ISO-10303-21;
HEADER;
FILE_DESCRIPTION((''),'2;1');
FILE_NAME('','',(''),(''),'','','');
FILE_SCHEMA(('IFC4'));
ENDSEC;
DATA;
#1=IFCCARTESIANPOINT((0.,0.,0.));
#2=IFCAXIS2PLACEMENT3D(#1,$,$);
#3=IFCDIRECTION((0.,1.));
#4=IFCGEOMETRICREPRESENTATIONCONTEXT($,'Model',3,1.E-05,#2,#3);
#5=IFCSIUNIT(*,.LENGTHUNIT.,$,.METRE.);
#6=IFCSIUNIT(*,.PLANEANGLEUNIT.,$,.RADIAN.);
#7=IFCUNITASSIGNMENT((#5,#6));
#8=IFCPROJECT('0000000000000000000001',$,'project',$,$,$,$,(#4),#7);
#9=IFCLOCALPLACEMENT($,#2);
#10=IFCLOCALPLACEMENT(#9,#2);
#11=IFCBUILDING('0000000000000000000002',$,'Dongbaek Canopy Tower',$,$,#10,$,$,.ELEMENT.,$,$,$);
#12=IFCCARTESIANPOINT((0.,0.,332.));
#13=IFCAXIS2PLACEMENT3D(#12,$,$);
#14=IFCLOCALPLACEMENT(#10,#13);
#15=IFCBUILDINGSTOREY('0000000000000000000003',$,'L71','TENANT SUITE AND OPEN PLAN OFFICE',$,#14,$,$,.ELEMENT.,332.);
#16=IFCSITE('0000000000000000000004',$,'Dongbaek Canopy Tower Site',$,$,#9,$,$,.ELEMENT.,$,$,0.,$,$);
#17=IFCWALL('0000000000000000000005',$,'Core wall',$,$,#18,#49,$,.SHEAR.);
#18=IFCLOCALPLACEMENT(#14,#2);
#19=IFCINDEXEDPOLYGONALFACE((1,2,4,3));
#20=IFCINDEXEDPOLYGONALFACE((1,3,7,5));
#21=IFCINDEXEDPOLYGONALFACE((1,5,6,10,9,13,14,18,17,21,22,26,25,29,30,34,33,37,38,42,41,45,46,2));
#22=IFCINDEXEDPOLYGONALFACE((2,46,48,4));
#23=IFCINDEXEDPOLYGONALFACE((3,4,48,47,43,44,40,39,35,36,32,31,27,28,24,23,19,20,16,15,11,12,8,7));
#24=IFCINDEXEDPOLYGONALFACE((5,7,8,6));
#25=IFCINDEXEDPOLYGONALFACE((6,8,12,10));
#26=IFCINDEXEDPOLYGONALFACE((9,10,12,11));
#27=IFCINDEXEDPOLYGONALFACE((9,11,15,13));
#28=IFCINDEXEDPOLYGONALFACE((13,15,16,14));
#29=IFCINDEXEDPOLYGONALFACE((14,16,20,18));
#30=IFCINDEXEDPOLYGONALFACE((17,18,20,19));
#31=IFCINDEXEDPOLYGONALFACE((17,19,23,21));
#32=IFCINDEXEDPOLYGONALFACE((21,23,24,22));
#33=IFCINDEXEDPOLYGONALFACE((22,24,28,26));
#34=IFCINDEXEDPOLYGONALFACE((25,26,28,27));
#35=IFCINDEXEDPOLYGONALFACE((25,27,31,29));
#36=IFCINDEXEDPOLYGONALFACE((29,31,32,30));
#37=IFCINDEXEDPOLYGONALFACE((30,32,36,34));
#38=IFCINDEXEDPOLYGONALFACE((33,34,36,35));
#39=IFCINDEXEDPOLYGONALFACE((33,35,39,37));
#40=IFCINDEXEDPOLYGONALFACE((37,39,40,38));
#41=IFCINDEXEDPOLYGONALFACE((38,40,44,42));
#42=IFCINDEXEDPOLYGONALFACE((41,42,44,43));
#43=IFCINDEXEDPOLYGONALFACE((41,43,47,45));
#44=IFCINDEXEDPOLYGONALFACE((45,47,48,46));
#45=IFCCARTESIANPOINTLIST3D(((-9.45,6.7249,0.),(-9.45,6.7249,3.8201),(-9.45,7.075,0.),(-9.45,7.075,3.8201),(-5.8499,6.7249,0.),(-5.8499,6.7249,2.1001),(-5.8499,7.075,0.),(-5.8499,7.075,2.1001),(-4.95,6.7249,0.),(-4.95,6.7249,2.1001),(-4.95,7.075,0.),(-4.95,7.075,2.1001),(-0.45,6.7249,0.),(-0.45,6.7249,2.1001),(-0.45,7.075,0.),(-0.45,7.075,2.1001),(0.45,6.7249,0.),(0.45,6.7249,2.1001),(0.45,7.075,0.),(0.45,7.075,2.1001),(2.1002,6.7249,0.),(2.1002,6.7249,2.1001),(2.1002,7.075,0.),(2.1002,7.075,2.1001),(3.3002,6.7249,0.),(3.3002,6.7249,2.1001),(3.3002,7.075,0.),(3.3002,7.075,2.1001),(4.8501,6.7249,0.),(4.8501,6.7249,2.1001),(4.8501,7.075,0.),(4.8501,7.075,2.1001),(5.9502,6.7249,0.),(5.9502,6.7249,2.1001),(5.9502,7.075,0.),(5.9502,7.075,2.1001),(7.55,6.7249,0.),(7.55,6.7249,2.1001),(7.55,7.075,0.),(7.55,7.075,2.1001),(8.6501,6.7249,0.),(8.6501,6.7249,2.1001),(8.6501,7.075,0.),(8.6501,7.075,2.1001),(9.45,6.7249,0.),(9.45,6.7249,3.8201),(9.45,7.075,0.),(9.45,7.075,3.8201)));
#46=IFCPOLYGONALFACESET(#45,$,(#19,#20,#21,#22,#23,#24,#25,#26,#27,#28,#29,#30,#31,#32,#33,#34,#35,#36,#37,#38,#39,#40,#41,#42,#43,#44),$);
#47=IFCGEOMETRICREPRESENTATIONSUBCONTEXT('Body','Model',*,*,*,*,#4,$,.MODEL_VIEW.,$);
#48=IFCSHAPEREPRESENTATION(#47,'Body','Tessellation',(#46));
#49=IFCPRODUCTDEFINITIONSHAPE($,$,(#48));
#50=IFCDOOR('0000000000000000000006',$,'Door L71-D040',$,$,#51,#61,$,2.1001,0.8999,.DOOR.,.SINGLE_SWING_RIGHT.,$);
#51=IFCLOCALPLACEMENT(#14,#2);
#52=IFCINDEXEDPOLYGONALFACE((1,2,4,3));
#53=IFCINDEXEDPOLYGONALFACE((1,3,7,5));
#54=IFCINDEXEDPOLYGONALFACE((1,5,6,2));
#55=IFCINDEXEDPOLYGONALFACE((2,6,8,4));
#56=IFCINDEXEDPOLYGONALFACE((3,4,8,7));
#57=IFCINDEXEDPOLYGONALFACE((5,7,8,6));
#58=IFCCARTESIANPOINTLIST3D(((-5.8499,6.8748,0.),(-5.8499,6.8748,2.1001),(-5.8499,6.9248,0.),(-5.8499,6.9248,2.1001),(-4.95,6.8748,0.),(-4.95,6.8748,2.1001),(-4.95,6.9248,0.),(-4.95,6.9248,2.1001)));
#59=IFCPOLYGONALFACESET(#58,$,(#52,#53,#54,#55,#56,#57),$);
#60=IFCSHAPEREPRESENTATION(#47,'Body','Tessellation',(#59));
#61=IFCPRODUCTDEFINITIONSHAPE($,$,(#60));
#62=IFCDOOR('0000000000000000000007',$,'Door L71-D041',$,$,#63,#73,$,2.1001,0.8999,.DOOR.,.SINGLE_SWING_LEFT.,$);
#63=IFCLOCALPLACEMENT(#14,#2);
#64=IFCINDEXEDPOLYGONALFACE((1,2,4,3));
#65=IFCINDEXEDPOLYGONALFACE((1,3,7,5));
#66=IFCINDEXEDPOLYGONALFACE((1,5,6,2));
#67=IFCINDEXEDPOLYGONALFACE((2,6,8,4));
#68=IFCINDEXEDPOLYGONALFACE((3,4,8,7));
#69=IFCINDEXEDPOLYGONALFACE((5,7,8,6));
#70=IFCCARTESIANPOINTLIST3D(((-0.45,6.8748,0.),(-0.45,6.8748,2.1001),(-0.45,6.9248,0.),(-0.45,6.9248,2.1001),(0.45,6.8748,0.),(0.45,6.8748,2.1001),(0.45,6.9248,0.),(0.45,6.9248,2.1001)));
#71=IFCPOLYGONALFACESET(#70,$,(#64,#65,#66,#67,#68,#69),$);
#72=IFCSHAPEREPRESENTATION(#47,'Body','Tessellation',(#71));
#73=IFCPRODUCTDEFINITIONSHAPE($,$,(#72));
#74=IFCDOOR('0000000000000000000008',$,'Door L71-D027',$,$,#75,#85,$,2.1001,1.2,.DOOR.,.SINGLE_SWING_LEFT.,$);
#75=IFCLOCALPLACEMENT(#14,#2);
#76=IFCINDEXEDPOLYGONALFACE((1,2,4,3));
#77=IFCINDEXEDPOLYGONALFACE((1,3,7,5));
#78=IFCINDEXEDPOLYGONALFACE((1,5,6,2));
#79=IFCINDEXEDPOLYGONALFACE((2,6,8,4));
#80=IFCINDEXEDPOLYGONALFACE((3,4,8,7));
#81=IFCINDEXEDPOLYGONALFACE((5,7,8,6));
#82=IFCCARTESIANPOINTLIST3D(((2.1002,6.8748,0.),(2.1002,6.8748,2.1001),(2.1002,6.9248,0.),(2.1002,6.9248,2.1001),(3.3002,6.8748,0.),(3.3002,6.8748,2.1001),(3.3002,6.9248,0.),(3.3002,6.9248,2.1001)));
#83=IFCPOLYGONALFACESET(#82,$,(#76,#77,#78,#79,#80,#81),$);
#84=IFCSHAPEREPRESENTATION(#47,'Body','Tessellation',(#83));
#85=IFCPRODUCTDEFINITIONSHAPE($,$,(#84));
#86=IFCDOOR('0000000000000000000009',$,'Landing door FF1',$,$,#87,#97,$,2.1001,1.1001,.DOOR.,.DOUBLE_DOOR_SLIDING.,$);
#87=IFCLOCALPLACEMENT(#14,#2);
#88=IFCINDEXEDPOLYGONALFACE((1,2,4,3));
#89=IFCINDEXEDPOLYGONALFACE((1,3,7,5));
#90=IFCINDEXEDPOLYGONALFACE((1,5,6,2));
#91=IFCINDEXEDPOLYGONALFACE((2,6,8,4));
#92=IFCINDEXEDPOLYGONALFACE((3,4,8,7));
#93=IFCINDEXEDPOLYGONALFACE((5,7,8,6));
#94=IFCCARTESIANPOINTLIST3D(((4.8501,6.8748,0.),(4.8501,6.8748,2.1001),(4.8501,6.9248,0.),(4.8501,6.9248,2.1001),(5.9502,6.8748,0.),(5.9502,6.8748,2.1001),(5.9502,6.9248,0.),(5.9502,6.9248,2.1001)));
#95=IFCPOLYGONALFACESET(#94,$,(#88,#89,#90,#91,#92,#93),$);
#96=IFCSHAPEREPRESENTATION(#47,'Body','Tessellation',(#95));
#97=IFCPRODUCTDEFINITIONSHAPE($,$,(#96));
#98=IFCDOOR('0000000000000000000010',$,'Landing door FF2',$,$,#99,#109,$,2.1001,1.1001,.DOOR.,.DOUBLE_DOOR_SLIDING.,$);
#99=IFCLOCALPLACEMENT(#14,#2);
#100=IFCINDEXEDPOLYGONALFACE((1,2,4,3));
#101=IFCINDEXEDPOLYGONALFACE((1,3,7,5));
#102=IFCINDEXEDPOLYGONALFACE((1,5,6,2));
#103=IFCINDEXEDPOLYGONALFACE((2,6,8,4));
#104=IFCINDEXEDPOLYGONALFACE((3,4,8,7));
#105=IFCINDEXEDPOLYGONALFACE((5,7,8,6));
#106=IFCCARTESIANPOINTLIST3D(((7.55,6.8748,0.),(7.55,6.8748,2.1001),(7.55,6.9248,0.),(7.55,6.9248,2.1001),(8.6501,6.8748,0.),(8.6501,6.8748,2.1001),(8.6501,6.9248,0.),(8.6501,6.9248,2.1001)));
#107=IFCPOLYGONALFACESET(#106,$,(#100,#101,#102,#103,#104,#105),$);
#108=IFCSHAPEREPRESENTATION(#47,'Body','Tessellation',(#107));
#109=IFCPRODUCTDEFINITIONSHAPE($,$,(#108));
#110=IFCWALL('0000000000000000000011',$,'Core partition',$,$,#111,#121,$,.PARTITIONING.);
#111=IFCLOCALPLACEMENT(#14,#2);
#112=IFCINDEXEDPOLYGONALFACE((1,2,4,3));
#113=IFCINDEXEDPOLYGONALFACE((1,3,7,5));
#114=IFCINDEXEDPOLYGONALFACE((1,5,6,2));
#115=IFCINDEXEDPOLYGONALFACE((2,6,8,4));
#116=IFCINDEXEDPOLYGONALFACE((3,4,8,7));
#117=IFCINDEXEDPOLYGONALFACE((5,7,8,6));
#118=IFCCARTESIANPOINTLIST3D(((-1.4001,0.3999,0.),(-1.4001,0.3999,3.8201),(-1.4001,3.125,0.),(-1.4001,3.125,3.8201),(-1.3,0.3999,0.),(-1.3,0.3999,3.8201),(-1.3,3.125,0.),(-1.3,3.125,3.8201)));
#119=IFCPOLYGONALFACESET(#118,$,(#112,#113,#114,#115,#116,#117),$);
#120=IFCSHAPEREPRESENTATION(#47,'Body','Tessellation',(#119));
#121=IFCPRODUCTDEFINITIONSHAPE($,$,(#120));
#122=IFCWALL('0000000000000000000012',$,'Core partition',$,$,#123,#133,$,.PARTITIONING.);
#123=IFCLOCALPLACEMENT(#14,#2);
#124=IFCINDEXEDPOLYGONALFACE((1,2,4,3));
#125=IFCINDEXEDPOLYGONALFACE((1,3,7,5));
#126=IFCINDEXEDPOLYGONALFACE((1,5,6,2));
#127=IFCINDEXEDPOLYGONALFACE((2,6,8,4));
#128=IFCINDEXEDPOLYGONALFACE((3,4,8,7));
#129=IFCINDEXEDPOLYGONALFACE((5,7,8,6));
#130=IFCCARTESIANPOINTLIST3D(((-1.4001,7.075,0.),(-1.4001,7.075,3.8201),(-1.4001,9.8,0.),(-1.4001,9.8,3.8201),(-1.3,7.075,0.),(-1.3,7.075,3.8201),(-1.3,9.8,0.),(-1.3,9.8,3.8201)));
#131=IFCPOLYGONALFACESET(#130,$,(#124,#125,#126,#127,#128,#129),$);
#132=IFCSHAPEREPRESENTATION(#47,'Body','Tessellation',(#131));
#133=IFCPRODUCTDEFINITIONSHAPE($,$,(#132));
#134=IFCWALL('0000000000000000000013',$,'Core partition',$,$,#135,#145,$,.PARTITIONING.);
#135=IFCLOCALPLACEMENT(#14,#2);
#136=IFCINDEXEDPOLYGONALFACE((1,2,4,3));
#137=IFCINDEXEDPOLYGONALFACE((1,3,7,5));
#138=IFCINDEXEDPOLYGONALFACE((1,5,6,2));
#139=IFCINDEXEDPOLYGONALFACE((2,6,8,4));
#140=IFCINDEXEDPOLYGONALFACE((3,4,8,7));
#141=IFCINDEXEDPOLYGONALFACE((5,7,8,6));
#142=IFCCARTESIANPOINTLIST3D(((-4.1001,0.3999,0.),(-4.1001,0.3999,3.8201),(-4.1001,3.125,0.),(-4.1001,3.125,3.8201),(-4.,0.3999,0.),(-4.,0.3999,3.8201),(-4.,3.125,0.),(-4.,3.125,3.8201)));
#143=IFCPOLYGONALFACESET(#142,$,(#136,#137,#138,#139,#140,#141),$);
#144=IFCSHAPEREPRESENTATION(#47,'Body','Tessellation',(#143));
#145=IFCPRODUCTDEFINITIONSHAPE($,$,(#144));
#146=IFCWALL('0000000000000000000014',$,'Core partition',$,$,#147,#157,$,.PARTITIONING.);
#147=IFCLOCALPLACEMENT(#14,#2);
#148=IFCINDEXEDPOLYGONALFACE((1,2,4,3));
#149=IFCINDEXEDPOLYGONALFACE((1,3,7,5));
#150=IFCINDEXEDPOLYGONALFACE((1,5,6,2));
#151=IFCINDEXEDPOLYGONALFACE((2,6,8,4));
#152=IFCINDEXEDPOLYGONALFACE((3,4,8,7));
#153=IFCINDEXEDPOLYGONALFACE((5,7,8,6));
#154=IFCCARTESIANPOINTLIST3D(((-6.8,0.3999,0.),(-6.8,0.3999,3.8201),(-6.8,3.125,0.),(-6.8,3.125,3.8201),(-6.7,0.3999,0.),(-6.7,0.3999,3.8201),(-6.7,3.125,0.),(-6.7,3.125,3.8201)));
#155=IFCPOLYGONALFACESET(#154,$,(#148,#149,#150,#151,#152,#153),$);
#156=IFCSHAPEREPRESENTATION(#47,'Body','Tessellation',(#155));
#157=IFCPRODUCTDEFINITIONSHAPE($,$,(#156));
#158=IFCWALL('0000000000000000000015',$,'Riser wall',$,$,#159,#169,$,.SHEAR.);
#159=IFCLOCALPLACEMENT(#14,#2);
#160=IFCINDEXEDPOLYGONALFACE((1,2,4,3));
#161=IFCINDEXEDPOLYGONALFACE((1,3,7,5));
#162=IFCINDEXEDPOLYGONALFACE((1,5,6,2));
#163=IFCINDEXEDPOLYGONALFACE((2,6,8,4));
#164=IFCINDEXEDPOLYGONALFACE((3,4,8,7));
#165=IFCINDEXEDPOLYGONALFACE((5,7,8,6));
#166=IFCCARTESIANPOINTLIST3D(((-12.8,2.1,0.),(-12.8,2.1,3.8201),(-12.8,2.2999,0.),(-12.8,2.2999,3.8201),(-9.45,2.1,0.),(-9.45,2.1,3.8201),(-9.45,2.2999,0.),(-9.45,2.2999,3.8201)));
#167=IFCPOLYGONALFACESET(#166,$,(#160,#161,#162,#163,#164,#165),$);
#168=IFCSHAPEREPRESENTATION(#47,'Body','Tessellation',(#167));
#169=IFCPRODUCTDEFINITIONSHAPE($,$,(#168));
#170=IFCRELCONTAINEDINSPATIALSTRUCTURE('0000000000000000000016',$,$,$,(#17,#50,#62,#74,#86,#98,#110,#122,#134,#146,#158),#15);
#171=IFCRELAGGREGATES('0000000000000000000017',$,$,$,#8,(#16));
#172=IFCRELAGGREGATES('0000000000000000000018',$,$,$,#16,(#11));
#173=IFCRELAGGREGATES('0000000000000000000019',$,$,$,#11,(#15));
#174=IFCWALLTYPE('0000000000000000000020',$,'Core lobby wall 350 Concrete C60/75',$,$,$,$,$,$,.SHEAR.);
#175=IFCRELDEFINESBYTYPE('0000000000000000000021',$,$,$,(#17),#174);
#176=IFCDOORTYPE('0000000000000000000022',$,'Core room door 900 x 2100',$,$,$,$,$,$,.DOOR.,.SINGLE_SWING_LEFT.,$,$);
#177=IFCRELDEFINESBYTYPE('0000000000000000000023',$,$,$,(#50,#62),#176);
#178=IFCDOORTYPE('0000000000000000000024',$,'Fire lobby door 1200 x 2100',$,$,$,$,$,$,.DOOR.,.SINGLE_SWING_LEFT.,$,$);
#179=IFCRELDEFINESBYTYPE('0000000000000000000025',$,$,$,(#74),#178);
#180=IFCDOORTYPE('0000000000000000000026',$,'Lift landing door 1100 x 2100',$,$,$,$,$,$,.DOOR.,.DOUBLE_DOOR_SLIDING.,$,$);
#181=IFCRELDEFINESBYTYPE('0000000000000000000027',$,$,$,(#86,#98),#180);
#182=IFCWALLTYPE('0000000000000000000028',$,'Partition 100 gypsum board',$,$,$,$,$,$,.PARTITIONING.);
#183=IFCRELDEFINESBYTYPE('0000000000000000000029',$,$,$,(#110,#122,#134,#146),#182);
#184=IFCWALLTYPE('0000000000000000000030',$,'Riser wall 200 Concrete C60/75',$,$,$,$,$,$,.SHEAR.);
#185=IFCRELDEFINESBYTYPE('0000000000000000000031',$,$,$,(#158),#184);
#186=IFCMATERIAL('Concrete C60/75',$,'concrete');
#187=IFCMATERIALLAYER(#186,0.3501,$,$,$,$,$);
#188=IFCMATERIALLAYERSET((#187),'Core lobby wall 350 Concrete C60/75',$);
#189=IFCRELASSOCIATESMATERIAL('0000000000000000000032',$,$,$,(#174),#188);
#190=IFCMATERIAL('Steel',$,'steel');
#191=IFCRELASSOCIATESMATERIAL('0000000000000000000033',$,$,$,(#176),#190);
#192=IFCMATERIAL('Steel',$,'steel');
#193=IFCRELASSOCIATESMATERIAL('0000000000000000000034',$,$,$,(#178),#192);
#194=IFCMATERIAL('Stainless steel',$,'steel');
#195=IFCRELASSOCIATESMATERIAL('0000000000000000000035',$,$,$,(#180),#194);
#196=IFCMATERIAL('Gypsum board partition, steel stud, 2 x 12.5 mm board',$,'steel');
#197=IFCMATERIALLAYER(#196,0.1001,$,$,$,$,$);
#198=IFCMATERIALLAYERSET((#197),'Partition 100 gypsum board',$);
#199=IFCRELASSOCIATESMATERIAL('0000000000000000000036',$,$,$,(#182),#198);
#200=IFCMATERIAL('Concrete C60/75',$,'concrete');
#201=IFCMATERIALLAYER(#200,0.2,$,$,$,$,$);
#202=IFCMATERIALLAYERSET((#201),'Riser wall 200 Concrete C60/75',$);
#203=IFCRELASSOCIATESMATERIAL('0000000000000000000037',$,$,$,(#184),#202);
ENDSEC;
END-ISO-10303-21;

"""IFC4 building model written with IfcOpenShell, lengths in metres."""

from ifc_helpers import new_model, si_unit, direction, frame, frame_2d, origin, place, context, subcontext, project, spatial, rectangle, extrude, material, layer, layer_set, type_object, element, fill, save


model = new_model("IFC4")

# Units and contexts
model_context = context("Model", 3, precision=1e-05, world=origin(), true_north=direction((0.0, 1.0)))
body_context = subcontext(model_context, "Body", "Model", "MODEL_VIEW")
ifc_project = project(units=[si_unit("LENGTHUNIT", "METRE"), si_unit("PLANEANGLEUNIT", "RADIAN")], contexts=[model_context])

# Site, building, storey
site_placement = place(None, origin())
site = spatial("IfcSite", under=ifc_project, at=site_placement, Name="Dongbaek Canopy Tower Site", CompositionType="ELEMENT", RefElevation=0.0)
building_placement = place(site_placement, origin())
building = spatial("IfcBuilding", under=site, at=building_placement, Name="Dongbaek Canopy Tower", CompositionType="ELEMENT")
storey_placement = place(building_placement, frame((0.0, 0.0, 332.0)))
storey = spatial("IfcBuildingStorey", under=building, at=storey_placement, Name="L71", Description="TENANT SUITE AND OPEN PLAN OFFICE", CompositionType="ELEMENT", Elevation=332.0)

# Wall, openings, doors
ifc_material_1 = material(Name="Concrete C60/75", Category="concrete")
ifc_layer_1 = layer(ifc_material_1, 0.3501)
ifc_layer_set_1 = layer_set([ifc_layer_1], Name="Core lobby wall 350 Concrete C60/75")
wall_type_1 = type_object("IfcWallType", Name="Core lobby wall 350 Concrete C60/75", PredefinedType="SHEAR", material=ifc_layer_set_1)
wall_1_placement = place(storey_placement, frame((-9.45, 6.8999, 0.0), z_axis=(0.0, 0.0, 1.0), x_axis=(1.0, 0.0, 0.0)))
wall_1 = element("IfcWall", 1, at=wall_1_placement, inside=storey, type_object=wall_type_1, Name="Core wall", PredefinedType="SHEAR", context=body_context, shape_type="SweptSolid", body=[
    extrude(rectangle(XDim=18.8999, YDim=0.3501, at=frame_2d((9.45, 0.0))), origin(), (0.0, 0.0, 1.0), 3.8201),
])
opening_1_placement = place(wall_1_placement, frame((11.55, 0.0, 0.0)))
opening_1 = element("IfcOpeningElement", 2, at=opening_1_placement, cuts=wall_1, PredefinedType="OPENING", context=body_context, shape_type="SweptSolid", body=[
    extrude(rectangle(XDim=1.2, YDim=2.1001, at=frame_2d((0.6001, 1.05))), frame((0.0, 0.1851, 0.0), z_axis=(0.0, -1.0, 0.0), x_axis=(1.0, 0.0, 0.0)), (0.0, 0.0, 1.0), 0.3701),
])
opening_2_placement = place(wall_1_placement, frame((14.3, 0.0, 0.0)))
opening_2 = element("IfcOpeningElement", 3, at=opening_2_placement, cuts=wall_1, PredefinedType="OPENING", context=body_context, shape_type="SweptSolid", body=[
    extrude(rectangle(XDim=1.1001, YDim=2.1001, at=frame_2d((0.55, 1.05))), frame((0.0, 0.1851, 0.0), z_axis=(0.0, -1.0, 0.0), x_axis=(1.0, 0.0, 0.0)), (0.0, 0.0, 1.0), 0.3701),
])
opening_3_placement = place(wall_1_placement, frame((17.0, 0.0, 0.0)))
opening_3 = element("IfcOpeningElement", 4, at=opening_3_placement, cuts=wall_1, PredefinedType="OPENING", context=body_context, shape_type="SweptSolid", body=[
    extrude(rectangle(XDim=1.1001, YDim=2.1001, at=frame_2d((0.55, 1.05))), frame((0.0, 0.1851, 0.0), z_axis=(0.0, -1.0, 0.0), x_axis=(1.0, 0.0, 0.0)), (0.0, 0.0, 1.0), 0.3701),
])
opening_4_placement = place(wall_1_placement, frame((3.6001, 0.0, 0.0)))
opening_4 = element("IfcOpeningElement", 5, at=opening_4_placement, cuts=wall_1, PredefinedType="OPENING", context=body_context, shape_type="SweptSolid", body=[
    extrude(rectangle(XDim=0.8999, YDim=2.1001, at=frame_2d((0.45, 1.05))), frame((0.0, 0.1851, 0.0), z_axis=(0.0, -1.0, 0.0), x_axis=(1.0, 0.0, 0.0)), (0.0, 0.0, 1.0), 0.3701),
])
opening_5_placement = place(wall_1_placement, frame((9.0, 0.0, 0.0)))
opening_5 = element("IfcOpeningElement", 6, at=opening_5_placement, cuts=wall_1, PredefinedType="OPENING", context=body_context, shape_type="SweptSolid", body=[
    extrude(rectangle(XDim=0.8999, YDim=2.1001, at=frame_2d((0.45, 1.05))), frame((0.0, 0.1851, 0.0), z_axis=(0.0, -1.0, 0.0), x_axis=(1.0, 0.0, 0.0)), (0.0, 0.0, 1.0), 0.3701),
])
ifc_material_2 = material(Name="Steel", Category="steel")
door_type_1 = type_object("IfcDoorType", Name="Core room door 900 x 2100", OperationType="SINGLE_SWING_LEFT", PredefinedType="DOOR", material=ifc_material_2)
door_1_placement = place(opening_4_placement, origin())
door_1 = element("IfcDoor", 7, at=door_1_placement, inside=storey, type_object=door_type_1, Name="Door L71-D040", OperationType="SINGLE_SWING_RIGHT", OverallHeight=2.1001, OverallWidth=0.8999, PredefinedType="DOOR", context=body_context, shape_type="SweptSolid", body=[
    extrude(rectangle(XDim=0.8999, YDim=2.1001, at=frame_2d((0.45, 1.05))), frame((0.0, 0.0249, 0.0), z_axis=(0.0, -1.0, 0.0), x_axis=(1.0, 0.0, 0.0)), (0.0, 0.0, 1.0), 0.05),
])
fill(opening_4, door_1)
door_2_placement = place(opening_5_placement, origin())
door_2 = element("IfcDoor", 8, at=door_2_placement, inside=storey, type_object=door_type_1, Name="Door L71-D041", OperationType="SINGLE_SWING_LEFT", OverallHeight=2.1001, OverallWidth=0.8999, PredefinedType="DOOR", context=body_context, shape_type="SweptSolid", body=[
    extrude(rectangle(XDim=0.8999, YDim=2.1001, at=frame_2d((0.45, 1.05))), frame((0.0, 0.0249, 0.0), z_axis=(0.0, -1.0, 0.0), x_axis=(1.0, 0.0, 0.0)), (0.0, 0.0, 1.0), 0.05),
])
fill(opening_5, door_2)
ifc_material_3 = material(Name="Steel", Category="steel")
door_type_2 = type_object("IfcDoorType", Name="Fire lobby door 1200 x 2100", OperationType="SINGLE_SWING_LEFT", PredefinedType="DOOR", material=ifc_material_3)
door_3_placement = place(opening_1_placement, origin())
door_3 = element("IfcDoor", 9, at=door_3_placement, inside=storey, type_object=door_type_2, Name="Door L71-D027", OperationType="SINGLE_SWING_LEFT", OverallHeight=2.1001, OverallWidth=1.2, PredefinedType="DOOR", context=body_context, shape_type="SweptSolid", body=[
    extrude(rectangle(XDim=1.2, YDim=2.1001, at=frame_2d((0.6001, 1.05))), frame((0.0, 0.0249, 0.0), z_axis=(0.0, -1.0, 0.0), x_axis=(1.0, 0.0, 0.0)), (0.0, 0.0, 1.0), 0.05),
])
fill(opening_1, door_3)
ifc_material_4 = material(Name="Stainless steel", Category="steel")
door_type_3 = type_object("IfcDoorType", Name="Lift landing door 1100 x 2100", OperationType="DOUBLE_DOOR_SLIDING", PredefinedType="DOOR", material=ifc_material_4)
door_4_placement = place(opening_2_placement, origin())
door_4 = element("IfcDoor", 10, at=door_4_placement, inside=storey, type_object=door_type_3, Name="Landing door FF1", OperationType="DOUBLE_DOOR_SLIDING", OverallHeight=2.1001, OverallWidth=1.1001, PredefinedType="DOOR", context=body_context, shape_type="SweptSolid", body=[
    extrude(rectangle(XDim=1.1001, YDim=2.1001, at=frame_2d((0.55, 1.05))), frame((0.0, 0.0249, 0.0), z_axis=(0.0, -1.0, 0.0), x_axis=(1.0, 0.0, 0.0)), (0.0, 0.0, 1.0), 0.05),
])
fill(opening_2, door_4)
door_5_placement = place(opening_3_placement, origin())
door_5 = element("IfcDoor", 11, at=door_5_placement, inside=storey, type_object=door_type_3, Name="Landing door FF2", OperationType="DOUBLE_DOOR_SLIDING", OverallHeight=2.1001, OverallWidth=1.1001, PredefinedType="DOOR", context=body_context, shape_type="SweptSolid", body=[
    extrude(rectangle(XDim=1.1001, YDim=2.1001, at=frame_2d((0.55, 1.05))), frame((0.0, 0.0249, 0.0), z_axis=(0.0, -1.0, 0.0), x_axis=(1.0, 0.0, 0.0)), (0.0, 0.0, 1.0), 0.05),
])
fill(opening_3, door_5)

# Walls
ifc_material_5 = material(Name="Gypsum board partition, steel stud, 2 x 12.5 mm board", Category="steel")
ifc_layer_2 = layer(ifc_material_5, 0.1001)
ifc_layer_set_2 = layer_set([ifc_layer_2], Name="Partition 100 gypsum board")
wall_type_2 = type_object("IfcWallType", Name="Partition 100 gypsum board", PredefinedType="PARTITIONING", material=ifc_layer_set_2)
for number, where, z_axis, x_axis, name in (
    (12, (-1.3501, 0.3999, 0.0), (0.0, 0.0, 1.0), (0.0, 1.0, 0.0), "Core partition"),
    (13, (-1.3501, 7.075, 0.0), (0.0, 0.0, 1.0), (0.0, 1.0, 0.0), "Core partition"),
    (14, (-4.05, 0.3999, 0.0), (0.0, 0.0, 1.0), (0.0, 1.0, 0.0), "Core partition"),
    (15, (-6.75, 0.3999, 0.0), (0.0, 0.0, 1.0), (0.0, 1.0, 0.0), "Core partition"),
):
    element("IfcWall", number, at=place(storey_placement, frame(where, z_axis=z_axis, x_axis=x_axis)), inside=storey, type_object=wall_type_2, Name=name, PredefinedType="PARTITIONING", context=body_context, shape_type="SweptSolid", body=[
        extrude(rectangle(XDim=2.7251, YDim=0.1001, at=frame_2d((1.3625, 0.0))), origin(), (0.0, 0.0, 1.0), 3.8201),
    ])
ifc_material_6 = material(Name="Concrete C60/75", Category="concrete")
ifc_layer_3 = layer(ifc_material_6, 0.2)
ifc_layer_set_3 = layer_set([ifc_layer_3], Name="Riser wall 200 Concrete C60/75")
wall_type_3 = type_object("IfcWallType", Name="Riser wall 200 Concrete C60/75", PredefinedType="SHEAR", material=ifc_layer_set_3)
wall_2_placement = place(storey_placement, frame((-9.45, 2.2, 0.0), z_axis=(0.0, 0.0, 1.0), x_axis=(-1.0, 0.0, 0.0)))
element("IfcWall", 16, at=wall_2_placement, inside=storey, type_object=wall_type_3, Name="Riser wall", PredefinedType="SHEAR", context=body_context, shape_type="SweptSolid", body=[
    extrude(rectangle(XDim=3.3501, YDim=0.2, at=frame_2d((1.675, 0.0))), origin(), (0.0, 0.0, 1.0), 3.8201),
])

save(model, "model.ifc")
